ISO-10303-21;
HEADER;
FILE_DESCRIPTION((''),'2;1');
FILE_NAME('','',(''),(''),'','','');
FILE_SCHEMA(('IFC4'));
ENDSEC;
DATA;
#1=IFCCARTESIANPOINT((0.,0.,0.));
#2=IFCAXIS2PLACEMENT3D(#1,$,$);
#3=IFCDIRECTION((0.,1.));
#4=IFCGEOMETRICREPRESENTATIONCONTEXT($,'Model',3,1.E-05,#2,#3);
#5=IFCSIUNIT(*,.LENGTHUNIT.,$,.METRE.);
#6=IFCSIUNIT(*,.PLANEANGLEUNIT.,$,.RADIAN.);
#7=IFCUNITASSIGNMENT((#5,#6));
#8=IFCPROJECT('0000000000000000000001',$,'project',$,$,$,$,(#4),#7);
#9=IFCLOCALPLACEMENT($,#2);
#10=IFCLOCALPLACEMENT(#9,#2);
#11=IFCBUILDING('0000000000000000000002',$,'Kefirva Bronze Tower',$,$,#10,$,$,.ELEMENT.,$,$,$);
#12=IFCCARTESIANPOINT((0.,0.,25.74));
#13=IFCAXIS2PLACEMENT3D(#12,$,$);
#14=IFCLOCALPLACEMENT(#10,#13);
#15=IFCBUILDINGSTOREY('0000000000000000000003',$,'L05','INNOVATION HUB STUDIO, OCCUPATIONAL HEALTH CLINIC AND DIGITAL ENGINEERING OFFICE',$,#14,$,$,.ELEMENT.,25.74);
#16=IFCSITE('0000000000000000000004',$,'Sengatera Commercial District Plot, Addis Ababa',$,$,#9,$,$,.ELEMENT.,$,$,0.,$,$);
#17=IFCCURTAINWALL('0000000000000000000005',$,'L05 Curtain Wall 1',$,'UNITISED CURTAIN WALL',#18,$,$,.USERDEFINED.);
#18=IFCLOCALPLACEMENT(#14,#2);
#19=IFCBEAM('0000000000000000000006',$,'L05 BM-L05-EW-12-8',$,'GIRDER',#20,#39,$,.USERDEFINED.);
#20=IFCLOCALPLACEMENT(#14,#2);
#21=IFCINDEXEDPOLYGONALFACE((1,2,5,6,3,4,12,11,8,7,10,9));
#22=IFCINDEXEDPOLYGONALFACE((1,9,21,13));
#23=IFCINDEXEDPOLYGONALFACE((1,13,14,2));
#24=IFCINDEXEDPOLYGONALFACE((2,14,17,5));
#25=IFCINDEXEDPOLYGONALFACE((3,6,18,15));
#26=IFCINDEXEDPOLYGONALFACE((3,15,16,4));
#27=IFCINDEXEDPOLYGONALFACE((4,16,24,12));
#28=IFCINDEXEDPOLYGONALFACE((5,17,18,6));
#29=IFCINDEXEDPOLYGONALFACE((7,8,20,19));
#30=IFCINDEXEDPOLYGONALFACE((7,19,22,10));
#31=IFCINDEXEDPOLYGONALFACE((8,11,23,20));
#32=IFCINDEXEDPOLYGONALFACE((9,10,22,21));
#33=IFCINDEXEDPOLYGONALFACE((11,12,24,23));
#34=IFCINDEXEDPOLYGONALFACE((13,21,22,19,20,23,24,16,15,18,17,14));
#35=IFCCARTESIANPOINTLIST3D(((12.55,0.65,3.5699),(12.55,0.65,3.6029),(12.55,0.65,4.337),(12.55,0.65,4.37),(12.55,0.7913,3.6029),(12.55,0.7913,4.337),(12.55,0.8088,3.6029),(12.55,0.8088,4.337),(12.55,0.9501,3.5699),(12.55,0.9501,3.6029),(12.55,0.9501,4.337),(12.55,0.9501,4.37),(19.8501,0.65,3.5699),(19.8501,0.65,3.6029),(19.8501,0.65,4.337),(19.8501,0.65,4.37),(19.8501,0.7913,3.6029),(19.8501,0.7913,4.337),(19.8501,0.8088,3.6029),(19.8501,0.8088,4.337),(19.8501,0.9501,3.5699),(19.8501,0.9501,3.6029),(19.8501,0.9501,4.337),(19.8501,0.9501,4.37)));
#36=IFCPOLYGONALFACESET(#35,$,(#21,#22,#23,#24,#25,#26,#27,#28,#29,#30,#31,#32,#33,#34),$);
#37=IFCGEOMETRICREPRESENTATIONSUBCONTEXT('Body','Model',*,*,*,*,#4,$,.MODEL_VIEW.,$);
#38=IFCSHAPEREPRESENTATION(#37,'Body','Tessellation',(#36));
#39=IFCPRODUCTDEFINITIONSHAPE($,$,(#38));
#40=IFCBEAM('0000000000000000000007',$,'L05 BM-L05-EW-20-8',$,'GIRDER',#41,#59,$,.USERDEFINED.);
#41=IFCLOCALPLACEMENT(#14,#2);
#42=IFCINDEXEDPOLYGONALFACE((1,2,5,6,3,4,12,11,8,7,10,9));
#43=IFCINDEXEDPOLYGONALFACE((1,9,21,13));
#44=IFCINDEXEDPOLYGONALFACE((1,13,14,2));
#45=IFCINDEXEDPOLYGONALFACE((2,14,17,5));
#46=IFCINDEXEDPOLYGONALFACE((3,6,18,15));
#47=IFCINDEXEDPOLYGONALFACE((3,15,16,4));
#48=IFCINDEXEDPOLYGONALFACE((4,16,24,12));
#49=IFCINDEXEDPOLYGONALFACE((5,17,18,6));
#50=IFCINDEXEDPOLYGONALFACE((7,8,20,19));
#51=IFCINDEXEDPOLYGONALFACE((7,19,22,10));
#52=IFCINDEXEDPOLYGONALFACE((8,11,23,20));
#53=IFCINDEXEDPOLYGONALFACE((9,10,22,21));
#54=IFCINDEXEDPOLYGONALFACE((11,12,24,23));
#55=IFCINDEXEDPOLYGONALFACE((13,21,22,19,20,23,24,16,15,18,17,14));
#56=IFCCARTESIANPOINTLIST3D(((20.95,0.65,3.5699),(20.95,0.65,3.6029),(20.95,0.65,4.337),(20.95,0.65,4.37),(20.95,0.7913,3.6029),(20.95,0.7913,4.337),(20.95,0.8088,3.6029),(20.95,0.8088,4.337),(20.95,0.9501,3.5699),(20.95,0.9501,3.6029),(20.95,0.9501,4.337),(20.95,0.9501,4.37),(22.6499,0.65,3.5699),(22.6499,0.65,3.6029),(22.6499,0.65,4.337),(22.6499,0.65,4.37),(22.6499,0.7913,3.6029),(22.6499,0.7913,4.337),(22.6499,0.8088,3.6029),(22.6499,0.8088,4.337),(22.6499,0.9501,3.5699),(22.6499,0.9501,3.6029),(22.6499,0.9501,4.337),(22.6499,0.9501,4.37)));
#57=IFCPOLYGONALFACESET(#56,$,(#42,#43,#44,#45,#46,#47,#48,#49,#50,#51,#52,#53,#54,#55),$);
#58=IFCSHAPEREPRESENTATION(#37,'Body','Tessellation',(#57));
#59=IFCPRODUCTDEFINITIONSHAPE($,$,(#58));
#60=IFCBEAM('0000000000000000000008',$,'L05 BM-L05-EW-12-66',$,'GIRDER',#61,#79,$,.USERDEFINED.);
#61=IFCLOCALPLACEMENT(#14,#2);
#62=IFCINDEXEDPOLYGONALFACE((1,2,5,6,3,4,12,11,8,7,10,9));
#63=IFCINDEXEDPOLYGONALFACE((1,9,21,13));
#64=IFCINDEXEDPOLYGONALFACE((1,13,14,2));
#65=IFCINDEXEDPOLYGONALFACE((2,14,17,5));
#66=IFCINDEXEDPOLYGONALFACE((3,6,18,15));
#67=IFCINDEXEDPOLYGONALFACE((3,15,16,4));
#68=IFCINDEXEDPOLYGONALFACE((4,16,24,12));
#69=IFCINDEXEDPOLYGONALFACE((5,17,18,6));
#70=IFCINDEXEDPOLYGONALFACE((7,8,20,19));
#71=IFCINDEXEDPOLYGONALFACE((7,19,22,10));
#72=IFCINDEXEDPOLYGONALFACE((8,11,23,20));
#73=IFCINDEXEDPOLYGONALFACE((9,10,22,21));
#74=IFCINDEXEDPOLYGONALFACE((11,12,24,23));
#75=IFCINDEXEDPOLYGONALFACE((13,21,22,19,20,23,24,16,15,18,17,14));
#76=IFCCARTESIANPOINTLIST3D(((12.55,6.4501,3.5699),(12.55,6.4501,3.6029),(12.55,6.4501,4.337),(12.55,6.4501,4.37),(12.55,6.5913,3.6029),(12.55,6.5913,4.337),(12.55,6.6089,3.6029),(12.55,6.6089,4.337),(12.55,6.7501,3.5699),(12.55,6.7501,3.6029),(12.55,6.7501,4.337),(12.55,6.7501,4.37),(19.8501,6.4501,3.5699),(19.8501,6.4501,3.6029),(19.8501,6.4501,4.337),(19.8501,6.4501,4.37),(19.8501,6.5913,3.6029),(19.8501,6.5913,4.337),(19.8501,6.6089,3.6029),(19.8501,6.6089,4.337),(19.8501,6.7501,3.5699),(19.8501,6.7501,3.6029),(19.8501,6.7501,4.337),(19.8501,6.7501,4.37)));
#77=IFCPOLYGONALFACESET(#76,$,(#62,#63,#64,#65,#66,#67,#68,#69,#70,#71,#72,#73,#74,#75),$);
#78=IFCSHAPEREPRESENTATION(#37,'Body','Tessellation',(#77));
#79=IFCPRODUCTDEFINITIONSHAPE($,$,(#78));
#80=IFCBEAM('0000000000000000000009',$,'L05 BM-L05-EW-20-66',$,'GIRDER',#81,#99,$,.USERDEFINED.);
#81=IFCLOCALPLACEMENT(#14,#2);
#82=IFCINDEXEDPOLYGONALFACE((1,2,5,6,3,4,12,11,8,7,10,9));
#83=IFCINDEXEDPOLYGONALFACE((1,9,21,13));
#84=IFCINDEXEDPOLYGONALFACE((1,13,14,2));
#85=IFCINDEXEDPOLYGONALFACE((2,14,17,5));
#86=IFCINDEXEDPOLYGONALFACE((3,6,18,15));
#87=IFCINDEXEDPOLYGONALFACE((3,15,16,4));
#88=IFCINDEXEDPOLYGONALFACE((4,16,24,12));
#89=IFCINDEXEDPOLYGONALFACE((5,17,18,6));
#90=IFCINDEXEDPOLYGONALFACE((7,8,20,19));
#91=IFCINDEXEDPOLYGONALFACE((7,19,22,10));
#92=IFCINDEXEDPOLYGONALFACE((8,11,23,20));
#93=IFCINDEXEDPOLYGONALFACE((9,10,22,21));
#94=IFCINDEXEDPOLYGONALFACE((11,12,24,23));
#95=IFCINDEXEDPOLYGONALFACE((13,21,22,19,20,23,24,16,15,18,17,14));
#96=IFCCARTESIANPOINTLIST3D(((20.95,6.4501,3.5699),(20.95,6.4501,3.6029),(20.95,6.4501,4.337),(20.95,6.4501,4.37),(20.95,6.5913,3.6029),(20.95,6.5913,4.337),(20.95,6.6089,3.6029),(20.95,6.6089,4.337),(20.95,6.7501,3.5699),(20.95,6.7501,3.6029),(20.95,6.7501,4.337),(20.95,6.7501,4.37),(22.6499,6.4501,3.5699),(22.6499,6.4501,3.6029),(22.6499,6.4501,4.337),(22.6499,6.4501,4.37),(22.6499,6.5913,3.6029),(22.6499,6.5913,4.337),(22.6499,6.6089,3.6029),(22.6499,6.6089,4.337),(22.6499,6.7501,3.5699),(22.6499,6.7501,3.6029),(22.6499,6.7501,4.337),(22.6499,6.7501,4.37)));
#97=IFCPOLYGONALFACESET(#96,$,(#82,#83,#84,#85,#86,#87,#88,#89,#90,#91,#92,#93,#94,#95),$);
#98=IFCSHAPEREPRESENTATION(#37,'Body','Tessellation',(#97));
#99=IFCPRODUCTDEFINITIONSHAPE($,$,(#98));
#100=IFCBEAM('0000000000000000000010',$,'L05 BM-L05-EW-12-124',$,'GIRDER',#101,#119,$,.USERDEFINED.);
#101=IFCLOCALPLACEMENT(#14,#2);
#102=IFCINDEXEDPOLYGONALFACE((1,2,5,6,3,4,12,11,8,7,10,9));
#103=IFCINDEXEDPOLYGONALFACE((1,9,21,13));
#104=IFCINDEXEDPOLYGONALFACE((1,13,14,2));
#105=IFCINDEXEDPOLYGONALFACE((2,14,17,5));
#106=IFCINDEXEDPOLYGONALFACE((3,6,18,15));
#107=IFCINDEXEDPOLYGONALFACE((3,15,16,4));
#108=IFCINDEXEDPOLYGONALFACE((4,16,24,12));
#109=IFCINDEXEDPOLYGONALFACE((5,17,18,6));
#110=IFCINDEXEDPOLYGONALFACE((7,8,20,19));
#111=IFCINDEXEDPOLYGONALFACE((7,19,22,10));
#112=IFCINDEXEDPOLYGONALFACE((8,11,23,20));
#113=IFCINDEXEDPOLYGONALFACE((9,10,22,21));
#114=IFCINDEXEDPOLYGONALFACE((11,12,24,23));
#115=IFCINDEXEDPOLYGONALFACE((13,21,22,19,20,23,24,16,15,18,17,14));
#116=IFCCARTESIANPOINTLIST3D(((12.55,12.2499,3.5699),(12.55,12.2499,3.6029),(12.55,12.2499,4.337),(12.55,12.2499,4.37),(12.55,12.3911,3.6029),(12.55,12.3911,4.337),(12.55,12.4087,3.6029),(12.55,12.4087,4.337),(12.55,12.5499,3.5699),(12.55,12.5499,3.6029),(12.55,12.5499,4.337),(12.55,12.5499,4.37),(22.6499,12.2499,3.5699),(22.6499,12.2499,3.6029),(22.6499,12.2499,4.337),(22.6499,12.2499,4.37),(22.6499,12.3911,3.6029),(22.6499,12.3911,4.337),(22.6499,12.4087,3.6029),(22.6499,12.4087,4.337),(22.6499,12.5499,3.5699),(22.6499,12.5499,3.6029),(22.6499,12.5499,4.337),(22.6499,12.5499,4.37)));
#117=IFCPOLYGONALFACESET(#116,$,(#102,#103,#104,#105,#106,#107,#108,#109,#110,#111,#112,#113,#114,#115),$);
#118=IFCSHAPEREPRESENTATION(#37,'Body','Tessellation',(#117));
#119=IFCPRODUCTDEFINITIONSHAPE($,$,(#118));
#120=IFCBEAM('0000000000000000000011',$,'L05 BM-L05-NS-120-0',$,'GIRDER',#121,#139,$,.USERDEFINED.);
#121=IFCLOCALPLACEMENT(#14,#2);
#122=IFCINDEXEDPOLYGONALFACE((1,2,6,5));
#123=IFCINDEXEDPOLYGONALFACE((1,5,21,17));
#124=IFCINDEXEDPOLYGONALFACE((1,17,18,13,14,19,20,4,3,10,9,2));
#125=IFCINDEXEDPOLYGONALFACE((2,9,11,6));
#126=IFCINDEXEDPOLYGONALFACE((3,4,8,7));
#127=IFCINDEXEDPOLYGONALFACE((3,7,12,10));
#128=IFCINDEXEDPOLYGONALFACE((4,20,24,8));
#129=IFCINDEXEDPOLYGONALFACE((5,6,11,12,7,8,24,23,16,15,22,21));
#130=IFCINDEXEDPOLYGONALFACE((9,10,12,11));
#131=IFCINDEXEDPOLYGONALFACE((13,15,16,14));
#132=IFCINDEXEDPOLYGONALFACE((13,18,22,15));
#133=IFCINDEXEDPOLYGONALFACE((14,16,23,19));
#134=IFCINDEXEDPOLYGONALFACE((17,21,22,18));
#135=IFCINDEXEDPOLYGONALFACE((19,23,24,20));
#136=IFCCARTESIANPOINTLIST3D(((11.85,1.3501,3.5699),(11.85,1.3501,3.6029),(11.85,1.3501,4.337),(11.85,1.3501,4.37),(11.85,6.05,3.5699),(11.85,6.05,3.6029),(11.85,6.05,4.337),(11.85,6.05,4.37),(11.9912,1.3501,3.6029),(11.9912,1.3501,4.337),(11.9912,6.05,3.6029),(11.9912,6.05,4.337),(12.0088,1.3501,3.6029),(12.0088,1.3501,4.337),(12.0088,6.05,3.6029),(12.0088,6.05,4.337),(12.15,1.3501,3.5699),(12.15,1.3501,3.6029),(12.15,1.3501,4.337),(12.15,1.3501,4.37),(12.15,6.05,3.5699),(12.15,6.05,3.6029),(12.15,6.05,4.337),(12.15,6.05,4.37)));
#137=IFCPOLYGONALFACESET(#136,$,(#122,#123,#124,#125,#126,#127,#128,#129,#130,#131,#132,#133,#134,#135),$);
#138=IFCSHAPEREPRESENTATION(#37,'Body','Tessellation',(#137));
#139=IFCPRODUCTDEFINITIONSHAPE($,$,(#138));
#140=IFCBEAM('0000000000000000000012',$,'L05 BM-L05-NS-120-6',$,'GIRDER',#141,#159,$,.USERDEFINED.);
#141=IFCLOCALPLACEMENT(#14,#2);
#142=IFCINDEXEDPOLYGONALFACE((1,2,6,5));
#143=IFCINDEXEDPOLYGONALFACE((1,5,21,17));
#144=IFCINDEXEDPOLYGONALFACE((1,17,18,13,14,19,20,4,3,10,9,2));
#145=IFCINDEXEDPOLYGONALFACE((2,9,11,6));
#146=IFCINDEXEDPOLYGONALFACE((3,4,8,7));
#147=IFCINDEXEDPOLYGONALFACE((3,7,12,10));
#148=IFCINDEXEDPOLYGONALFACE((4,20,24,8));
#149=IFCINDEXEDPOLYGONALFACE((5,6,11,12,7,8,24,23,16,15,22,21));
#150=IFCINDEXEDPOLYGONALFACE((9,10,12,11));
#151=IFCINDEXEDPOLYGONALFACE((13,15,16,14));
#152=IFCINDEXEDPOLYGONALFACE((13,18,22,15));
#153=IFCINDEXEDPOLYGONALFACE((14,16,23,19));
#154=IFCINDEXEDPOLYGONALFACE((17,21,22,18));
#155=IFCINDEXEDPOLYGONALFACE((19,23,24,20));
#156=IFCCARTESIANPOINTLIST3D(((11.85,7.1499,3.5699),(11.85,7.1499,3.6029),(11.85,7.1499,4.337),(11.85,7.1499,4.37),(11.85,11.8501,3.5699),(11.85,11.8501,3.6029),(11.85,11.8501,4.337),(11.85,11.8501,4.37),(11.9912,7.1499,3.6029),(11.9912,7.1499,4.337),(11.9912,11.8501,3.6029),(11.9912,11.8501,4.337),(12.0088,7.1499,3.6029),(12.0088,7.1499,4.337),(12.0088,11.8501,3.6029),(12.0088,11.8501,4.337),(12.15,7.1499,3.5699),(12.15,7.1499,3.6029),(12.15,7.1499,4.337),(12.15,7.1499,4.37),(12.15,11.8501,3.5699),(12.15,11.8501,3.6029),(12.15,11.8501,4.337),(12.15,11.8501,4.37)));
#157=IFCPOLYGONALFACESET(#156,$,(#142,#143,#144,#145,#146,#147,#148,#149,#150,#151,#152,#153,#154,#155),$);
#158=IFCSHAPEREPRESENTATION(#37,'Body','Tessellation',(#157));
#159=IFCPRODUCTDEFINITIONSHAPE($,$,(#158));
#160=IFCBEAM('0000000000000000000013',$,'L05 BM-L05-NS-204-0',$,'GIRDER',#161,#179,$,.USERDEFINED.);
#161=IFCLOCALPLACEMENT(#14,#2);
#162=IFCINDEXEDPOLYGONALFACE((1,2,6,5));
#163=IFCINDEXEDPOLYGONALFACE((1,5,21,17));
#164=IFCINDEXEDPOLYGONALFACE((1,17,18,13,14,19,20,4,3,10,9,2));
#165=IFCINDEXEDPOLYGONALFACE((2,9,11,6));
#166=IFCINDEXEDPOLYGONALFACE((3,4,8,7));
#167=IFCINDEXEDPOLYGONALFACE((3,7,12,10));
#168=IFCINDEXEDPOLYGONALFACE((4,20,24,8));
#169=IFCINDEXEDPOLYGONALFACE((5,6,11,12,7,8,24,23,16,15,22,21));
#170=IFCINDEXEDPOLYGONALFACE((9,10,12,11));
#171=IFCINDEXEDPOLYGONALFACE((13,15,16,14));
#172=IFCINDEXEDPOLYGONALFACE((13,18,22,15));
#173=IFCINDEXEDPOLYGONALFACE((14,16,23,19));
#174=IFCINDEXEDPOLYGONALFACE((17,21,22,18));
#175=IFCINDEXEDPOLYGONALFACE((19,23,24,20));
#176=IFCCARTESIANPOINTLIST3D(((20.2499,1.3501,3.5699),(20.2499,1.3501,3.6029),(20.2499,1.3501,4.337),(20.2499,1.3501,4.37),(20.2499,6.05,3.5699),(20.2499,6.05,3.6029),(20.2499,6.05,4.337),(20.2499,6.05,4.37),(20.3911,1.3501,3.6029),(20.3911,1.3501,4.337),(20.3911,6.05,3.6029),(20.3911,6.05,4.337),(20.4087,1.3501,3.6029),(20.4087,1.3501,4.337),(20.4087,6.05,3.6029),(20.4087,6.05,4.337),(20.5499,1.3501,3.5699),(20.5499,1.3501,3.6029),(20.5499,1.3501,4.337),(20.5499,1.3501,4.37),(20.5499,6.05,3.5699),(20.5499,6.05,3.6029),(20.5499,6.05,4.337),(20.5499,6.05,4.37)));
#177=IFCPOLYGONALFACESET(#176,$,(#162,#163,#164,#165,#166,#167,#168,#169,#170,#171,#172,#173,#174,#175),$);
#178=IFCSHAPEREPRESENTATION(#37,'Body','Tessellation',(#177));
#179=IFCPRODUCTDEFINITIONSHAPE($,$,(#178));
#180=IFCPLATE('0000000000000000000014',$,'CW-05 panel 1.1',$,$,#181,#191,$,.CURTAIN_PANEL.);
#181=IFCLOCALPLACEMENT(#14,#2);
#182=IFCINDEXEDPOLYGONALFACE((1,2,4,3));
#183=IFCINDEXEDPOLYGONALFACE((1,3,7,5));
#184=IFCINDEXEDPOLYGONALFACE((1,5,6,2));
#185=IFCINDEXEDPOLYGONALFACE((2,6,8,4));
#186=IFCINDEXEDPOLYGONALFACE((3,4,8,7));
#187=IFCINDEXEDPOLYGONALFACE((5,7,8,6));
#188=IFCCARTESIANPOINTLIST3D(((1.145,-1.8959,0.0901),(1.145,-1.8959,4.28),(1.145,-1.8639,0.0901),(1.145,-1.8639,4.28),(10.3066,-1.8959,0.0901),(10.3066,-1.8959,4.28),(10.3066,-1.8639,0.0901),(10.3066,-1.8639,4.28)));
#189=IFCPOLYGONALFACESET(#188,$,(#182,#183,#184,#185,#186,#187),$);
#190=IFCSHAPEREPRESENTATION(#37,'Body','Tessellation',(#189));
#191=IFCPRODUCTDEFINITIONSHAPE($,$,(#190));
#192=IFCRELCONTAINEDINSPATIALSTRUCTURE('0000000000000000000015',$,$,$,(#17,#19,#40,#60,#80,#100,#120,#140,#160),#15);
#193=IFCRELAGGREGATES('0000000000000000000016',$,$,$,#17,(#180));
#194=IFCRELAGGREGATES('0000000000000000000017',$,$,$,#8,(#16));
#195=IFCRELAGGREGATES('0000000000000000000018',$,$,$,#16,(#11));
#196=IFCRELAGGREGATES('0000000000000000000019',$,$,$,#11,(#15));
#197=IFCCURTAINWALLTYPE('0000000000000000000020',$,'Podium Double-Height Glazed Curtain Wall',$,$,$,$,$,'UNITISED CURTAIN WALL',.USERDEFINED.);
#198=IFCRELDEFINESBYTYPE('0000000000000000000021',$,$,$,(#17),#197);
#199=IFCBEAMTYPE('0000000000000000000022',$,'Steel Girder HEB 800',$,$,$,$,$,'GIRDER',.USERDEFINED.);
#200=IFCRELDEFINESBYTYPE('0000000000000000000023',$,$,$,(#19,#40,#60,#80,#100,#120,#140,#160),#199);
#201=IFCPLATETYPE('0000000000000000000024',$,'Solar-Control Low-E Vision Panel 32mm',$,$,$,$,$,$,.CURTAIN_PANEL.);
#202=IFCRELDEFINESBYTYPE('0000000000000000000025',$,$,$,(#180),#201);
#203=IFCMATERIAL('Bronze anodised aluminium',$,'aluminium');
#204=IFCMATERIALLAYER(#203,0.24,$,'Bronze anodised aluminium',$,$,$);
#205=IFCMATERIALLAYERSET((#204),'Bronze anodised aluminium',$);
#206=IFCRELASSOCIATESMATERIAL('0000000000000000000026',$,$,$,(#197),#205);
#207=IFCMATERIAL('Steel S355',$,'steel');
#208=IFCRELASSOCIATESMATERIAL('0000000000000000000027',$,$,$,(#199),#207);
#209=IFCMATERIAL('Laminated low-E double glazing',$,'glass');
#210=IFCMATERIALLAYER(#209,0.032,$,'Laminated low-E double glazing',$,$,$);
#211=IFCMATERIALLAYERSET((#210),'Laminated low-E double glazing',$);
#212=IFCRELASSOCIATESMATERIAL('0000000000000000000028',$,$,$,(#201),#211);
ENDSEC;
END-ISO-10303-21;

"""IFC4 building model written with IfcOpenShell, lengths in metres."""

from ifc_helpers import new_model, si_unit, direction, frame, origin, origin_2d, place, context, subcontext, project, spatial, rectangle, i_section, extrude, material, layer, layer_set, material_profile, profile_set, type_object, element, aggregate, save


model = new_model("IFC4")

# Units and contexts
model_context = context("Model", 3, precision=1e-05, world=origin(), true_north=direction((0.0, 1.0)))
body_context = subcontext(model_context, "Body", "Model", "MODEL_VIEW")
ifc_project = project(units=[si_unit("LENGTHUNIT", "METRE"), si_unit("PLANEANGLEUNIT", "RADIAN")], contexts=[model_context])

# Site, building, storey
site_placement = place(None, origin())
site = spatial("IfcSite", under=ifc_project, at=site_placement, Name="Sengatera Commercial District Plot, Addis Ababa", CompositionType="ELEMENT", RefElevation=0.0)
building_placement = place(site_placement, origin())
building = spatial("IfcBuilding", under=site, at=building_placement, Name="Kefirva Bronze Tower", CompositionType="ELEMENT")
storey_placement = place(building_placement, frame((0.0, 0.0, 25.74)))
storey = spatial("IfcBuildingStorey", under=building, at=storey_placement, Name="L05", Description="INNOVATION HUB STUDIO, OCCUPATIONAL HEALTH CLINIC AND DIGITAL ENGINEERING OFFICE", CompositionType="ELEMENT", Elevation=25.74)

# Curtain wall
ifc_material_1 = material(Name="Bronze anodised aluminium", Category="aluminium")
ifc_layer_1 = layer(ifc_material_1, 0.24, Name="Bronze anodised aluminium")
ifc_layer_set_1 = layer_set([ifc_layer_1], Name="Bronze anodised aluminium")
curtain_wall_type = type_object("IfcCurtainWallType", Name="Podium Double-Height Glazed Curtain Wall", ElementType="UNITISED CURTAIN WALL", PredefinedType="USERDEFINED", material=ifc_layer_set_1)
curtain_wall_placement = place(storey_placement, origin())
curtain_wall = element("IfcCurtainWall", 1, at=curtain_wall_placement, inside=storey, type_object=curtain_wall_type, Name="L05 Curtain Wall 1", ObjectType="UNITISED CURTAIN WALL", PredefinedType="USERDEFINED")

# Beams
ifc_material_2 = material(Name="Steel S355", Category="steel")
ifc_material_profile_1 = material_profile(ifc_material_2, i_section(OverallWidth=0.3, OverallDepth=0.8, WebThickness=0.0176, FlangeThickness=0.033, at=origin_2d()), Name="HEB 800")
ifc_profile_set_1 = profile_set([ifc_material_profile_1], Name="Steel S355")
beam_type_1 = type_object("IfcBeamType", Name="Steel Girder HEB 800", ElementType="GIRDER", PredefinedType="USERDEFINED", material=ifc_profile_set_1)
beam_1_placement = place(storey_placement, frame((12.55, 0.8, 3.97), z_axis=(1.0, 0.0, 0.0), x_axis=(0.0, 1.0, 0.0)))
element("IfcBeam", 2, at=beam_1_placement, inside=storey, type_object=beam_type_1, Name="L05 BM-L05-EW-12-8", ObjectType="GIRDER", PredefinedType="USERDEFINED", context=body_context, shape_type="SweptSolid", body=[
    extrude(i_section(OverallWidth=0.3, OverallDepth=0.8, WebThickness=0.0176, FlangeThickness=0.033, at=origin_2d()), origin(), (0.0, 0.0, 1.0), 7.3),
])
beam_2_placement = place(storey_placement, frame((20.95, 0.8, 3.97), z_axis=(1.0, 0.0, 0.0), x_axis=(0.0, 1.0, 0.0)))
element("IfcBeam", 3, at=beam_2_placement, inside=storey, type_object=beam_type_1, Name="L05 BM-L05-EW-20-8", ObjectType="GIRDER", PredefinedType="USERDEFINED", context=body_context, shape_type="SweptSolid", body=[
    extrude(i_section(OverallWidth=0.3, OverallDepth=0.8, WebThickness=0.0176, FlangeThickness=0.033, at=origin_2d()), origin(), (0.0, 0.0, 1.0), 1.7),
])
beam_3_placement = place(storey_placement, frame((12.55, 6.6001, 3.97), z_axis=(1.0, 0.0, 0.0), x_axis=(0.0, 1.0, 0.0)))
element("IfcBeam", 4, at=beam_3_placement, inside=storey, type_object=beam_type_1, Name="L05 BM-L05-EW-12-66", ObjectType="GIRDER", PredefinedType="USERDEFINED", context=body_context, shape_type="SweptSolid", body=[
    extrude(i_section(OverallWidth=0.3, OverallDepth=0.8, WebThickness=0.0176, FlangeThickness=0.033, at=origin_2d()), origin(), (0.0, 0.0, 1.0), 7.3),
])
beam_4_placement = place(storey_placement, frame((20.95, 6.6001, 3.97), z_axis=(1.0, 0.0, 0.0), x_axis=(0.0, 1.0, 0.0)))
element("IfcBeam", 5, at=beam_4_placement, inside=storey, type_object=beam_type_1, Name="L05 BM-L05-EW-20-66", ObjectType="GIRDER", PredefinedType="USERDEFINED", context=body_context, shape_type="SweptSolid", body=[
    extrude(i_section(OverallWidth=0.3, OverallDepth=0.8, WebThickness=0.0176, FlangeThickness=0.033, at=origin_2d()), origin(), (0.0, 0.0, 1.0), 1.7),
])
beam_5_placement = place(storey_placement, frame((12.55, 12.3999, 3.97), z_axis=(1.0, 0.0, 0.0), x_axis=(0.0, 1.0, 0.0)))
element("IfcBeam", 6, at=beam_5_placement, inside=storey, type_object=beam_type_1, Name="L05 BM-L05-EW-12-124", ObjectType="GIRDER", PredefinedType="USERDEFINED", context=body_context, shape_type="SweptSolid", body=[
    extrude(i_section(OverallWidth=0.3, OverallDepth=0.8, WebThickness=0.0176, FlangeThickness=0.033, at=origin_2d()), origin(), (0.0, 0.0, 1.0), 10.0999),
])
beam_6_placement = place(storey_placement, frame((12.0, 1.3501, 3.97), z_axis=(0.0, 1.0, 0.0), x_axis=(-1.0, 0.0, 0.0)))
element("IfcBeam", 7, at=beam_6_placement, inside=storey, type_object=beam_type_1, Name="L05 BM-L05-NS-120-0", ObjectType="GIRDER", PredefinedType="USERDEFINED", context=body_context, shape_type="SweptSolid", body=[
    extrude(i_section(OverallWidth=0.3, OverallDepth=0.8, WebThickness=0.0176, FlangeThickness=0.033, at=origin_2d()), origin(), (0.0, 0.0, 1.0), 4.7),
])
beam_7_placement = place(storey_placement, frame((12.0, 7.1499, 3.97), z_axis=(0.0, 1.0, 0.0), x_axis=(-1.0, 0.0, 0.0)))
element("IfcBeam", 8, at=beam_7_placement, inside=storey, type_object=beam_type_1, Name="L05 BM-L05-NS-120-6", ObjectType="GIRDER", PredefinedType="USERDEFINED", context=body_context, shape_type="SweptSolid", body=[
    extrude(i_section(OverallWidth=0.3, OverallDepth=0.8, WebThickness=0.0176, FlangeThickness=0.033, at=origin_2d()), origin(), (0.0, 0.0, 1.0), 4.7002),
])
beam_8_placement = place(storey_placement, frame((20.3999, 1.3501, 3.97), z_axis=(0.0, 1.0, 0.0), x_axis=(-1.0, 0.0, 0.0)))
element("IfcBeam", 9, at=beam_8_placement, inside=storey, type_object=beam_type_1, Name="L05 BM-L05-NS-204-0", ObjectType="GIRDER", PredefinedType="USERDEFINED", context=body_context, shape_type="SweptSolid", body=[
    extrude(i_section(OverallWidth=0.3, OverallDepth=0.8, WebThickness=0.0176, FlangeThickness=0.033, at=origin_2d()), origin(), (0.0, 0.0, 1.0), 4.7),
])

# Plate
ifc_material_3 = material(Name="Laminated low-E double glazing", Category="glass")
ifc_layer_2 = layer(ifc_material_3, 0.032, Name="Laminated low-E double glazing")
ifc_layer_set_2 = layer_set([ifc_layer_2], Name="Laminated low-E double glazing")
plate_type = type_object("IfcPlateType", Name="Solar-Control Low-E Vision Panel 32mm", PredefinedType="CURTAIN_PANEL", material=ifc_layer_set_2)
plate_1_placement = place(storey_placement, frame((5.7258, -1.8799, 0.0901), z_axis=(0.0, 0.0, 1.0), x_axis=(1.0, 0.0, 0.0)))
plate_1 = element("IfcPlate", 10, at=plate_1_placement, type_object=plate_type, Name="CW-05 panel 1.1", PredefinedType="CURTAIN_PANEL", context=body_context, shape_type="SweptSolid", body=[
    extrude(rectangle(XDim=9.1616, YDim=0.032, at=origin_2d()), origin(), (0.0, 0.0, 1.0), 4.1899),
])
aggregate(curtain_wall, [plate_1])

save(model, "model.ifc")
